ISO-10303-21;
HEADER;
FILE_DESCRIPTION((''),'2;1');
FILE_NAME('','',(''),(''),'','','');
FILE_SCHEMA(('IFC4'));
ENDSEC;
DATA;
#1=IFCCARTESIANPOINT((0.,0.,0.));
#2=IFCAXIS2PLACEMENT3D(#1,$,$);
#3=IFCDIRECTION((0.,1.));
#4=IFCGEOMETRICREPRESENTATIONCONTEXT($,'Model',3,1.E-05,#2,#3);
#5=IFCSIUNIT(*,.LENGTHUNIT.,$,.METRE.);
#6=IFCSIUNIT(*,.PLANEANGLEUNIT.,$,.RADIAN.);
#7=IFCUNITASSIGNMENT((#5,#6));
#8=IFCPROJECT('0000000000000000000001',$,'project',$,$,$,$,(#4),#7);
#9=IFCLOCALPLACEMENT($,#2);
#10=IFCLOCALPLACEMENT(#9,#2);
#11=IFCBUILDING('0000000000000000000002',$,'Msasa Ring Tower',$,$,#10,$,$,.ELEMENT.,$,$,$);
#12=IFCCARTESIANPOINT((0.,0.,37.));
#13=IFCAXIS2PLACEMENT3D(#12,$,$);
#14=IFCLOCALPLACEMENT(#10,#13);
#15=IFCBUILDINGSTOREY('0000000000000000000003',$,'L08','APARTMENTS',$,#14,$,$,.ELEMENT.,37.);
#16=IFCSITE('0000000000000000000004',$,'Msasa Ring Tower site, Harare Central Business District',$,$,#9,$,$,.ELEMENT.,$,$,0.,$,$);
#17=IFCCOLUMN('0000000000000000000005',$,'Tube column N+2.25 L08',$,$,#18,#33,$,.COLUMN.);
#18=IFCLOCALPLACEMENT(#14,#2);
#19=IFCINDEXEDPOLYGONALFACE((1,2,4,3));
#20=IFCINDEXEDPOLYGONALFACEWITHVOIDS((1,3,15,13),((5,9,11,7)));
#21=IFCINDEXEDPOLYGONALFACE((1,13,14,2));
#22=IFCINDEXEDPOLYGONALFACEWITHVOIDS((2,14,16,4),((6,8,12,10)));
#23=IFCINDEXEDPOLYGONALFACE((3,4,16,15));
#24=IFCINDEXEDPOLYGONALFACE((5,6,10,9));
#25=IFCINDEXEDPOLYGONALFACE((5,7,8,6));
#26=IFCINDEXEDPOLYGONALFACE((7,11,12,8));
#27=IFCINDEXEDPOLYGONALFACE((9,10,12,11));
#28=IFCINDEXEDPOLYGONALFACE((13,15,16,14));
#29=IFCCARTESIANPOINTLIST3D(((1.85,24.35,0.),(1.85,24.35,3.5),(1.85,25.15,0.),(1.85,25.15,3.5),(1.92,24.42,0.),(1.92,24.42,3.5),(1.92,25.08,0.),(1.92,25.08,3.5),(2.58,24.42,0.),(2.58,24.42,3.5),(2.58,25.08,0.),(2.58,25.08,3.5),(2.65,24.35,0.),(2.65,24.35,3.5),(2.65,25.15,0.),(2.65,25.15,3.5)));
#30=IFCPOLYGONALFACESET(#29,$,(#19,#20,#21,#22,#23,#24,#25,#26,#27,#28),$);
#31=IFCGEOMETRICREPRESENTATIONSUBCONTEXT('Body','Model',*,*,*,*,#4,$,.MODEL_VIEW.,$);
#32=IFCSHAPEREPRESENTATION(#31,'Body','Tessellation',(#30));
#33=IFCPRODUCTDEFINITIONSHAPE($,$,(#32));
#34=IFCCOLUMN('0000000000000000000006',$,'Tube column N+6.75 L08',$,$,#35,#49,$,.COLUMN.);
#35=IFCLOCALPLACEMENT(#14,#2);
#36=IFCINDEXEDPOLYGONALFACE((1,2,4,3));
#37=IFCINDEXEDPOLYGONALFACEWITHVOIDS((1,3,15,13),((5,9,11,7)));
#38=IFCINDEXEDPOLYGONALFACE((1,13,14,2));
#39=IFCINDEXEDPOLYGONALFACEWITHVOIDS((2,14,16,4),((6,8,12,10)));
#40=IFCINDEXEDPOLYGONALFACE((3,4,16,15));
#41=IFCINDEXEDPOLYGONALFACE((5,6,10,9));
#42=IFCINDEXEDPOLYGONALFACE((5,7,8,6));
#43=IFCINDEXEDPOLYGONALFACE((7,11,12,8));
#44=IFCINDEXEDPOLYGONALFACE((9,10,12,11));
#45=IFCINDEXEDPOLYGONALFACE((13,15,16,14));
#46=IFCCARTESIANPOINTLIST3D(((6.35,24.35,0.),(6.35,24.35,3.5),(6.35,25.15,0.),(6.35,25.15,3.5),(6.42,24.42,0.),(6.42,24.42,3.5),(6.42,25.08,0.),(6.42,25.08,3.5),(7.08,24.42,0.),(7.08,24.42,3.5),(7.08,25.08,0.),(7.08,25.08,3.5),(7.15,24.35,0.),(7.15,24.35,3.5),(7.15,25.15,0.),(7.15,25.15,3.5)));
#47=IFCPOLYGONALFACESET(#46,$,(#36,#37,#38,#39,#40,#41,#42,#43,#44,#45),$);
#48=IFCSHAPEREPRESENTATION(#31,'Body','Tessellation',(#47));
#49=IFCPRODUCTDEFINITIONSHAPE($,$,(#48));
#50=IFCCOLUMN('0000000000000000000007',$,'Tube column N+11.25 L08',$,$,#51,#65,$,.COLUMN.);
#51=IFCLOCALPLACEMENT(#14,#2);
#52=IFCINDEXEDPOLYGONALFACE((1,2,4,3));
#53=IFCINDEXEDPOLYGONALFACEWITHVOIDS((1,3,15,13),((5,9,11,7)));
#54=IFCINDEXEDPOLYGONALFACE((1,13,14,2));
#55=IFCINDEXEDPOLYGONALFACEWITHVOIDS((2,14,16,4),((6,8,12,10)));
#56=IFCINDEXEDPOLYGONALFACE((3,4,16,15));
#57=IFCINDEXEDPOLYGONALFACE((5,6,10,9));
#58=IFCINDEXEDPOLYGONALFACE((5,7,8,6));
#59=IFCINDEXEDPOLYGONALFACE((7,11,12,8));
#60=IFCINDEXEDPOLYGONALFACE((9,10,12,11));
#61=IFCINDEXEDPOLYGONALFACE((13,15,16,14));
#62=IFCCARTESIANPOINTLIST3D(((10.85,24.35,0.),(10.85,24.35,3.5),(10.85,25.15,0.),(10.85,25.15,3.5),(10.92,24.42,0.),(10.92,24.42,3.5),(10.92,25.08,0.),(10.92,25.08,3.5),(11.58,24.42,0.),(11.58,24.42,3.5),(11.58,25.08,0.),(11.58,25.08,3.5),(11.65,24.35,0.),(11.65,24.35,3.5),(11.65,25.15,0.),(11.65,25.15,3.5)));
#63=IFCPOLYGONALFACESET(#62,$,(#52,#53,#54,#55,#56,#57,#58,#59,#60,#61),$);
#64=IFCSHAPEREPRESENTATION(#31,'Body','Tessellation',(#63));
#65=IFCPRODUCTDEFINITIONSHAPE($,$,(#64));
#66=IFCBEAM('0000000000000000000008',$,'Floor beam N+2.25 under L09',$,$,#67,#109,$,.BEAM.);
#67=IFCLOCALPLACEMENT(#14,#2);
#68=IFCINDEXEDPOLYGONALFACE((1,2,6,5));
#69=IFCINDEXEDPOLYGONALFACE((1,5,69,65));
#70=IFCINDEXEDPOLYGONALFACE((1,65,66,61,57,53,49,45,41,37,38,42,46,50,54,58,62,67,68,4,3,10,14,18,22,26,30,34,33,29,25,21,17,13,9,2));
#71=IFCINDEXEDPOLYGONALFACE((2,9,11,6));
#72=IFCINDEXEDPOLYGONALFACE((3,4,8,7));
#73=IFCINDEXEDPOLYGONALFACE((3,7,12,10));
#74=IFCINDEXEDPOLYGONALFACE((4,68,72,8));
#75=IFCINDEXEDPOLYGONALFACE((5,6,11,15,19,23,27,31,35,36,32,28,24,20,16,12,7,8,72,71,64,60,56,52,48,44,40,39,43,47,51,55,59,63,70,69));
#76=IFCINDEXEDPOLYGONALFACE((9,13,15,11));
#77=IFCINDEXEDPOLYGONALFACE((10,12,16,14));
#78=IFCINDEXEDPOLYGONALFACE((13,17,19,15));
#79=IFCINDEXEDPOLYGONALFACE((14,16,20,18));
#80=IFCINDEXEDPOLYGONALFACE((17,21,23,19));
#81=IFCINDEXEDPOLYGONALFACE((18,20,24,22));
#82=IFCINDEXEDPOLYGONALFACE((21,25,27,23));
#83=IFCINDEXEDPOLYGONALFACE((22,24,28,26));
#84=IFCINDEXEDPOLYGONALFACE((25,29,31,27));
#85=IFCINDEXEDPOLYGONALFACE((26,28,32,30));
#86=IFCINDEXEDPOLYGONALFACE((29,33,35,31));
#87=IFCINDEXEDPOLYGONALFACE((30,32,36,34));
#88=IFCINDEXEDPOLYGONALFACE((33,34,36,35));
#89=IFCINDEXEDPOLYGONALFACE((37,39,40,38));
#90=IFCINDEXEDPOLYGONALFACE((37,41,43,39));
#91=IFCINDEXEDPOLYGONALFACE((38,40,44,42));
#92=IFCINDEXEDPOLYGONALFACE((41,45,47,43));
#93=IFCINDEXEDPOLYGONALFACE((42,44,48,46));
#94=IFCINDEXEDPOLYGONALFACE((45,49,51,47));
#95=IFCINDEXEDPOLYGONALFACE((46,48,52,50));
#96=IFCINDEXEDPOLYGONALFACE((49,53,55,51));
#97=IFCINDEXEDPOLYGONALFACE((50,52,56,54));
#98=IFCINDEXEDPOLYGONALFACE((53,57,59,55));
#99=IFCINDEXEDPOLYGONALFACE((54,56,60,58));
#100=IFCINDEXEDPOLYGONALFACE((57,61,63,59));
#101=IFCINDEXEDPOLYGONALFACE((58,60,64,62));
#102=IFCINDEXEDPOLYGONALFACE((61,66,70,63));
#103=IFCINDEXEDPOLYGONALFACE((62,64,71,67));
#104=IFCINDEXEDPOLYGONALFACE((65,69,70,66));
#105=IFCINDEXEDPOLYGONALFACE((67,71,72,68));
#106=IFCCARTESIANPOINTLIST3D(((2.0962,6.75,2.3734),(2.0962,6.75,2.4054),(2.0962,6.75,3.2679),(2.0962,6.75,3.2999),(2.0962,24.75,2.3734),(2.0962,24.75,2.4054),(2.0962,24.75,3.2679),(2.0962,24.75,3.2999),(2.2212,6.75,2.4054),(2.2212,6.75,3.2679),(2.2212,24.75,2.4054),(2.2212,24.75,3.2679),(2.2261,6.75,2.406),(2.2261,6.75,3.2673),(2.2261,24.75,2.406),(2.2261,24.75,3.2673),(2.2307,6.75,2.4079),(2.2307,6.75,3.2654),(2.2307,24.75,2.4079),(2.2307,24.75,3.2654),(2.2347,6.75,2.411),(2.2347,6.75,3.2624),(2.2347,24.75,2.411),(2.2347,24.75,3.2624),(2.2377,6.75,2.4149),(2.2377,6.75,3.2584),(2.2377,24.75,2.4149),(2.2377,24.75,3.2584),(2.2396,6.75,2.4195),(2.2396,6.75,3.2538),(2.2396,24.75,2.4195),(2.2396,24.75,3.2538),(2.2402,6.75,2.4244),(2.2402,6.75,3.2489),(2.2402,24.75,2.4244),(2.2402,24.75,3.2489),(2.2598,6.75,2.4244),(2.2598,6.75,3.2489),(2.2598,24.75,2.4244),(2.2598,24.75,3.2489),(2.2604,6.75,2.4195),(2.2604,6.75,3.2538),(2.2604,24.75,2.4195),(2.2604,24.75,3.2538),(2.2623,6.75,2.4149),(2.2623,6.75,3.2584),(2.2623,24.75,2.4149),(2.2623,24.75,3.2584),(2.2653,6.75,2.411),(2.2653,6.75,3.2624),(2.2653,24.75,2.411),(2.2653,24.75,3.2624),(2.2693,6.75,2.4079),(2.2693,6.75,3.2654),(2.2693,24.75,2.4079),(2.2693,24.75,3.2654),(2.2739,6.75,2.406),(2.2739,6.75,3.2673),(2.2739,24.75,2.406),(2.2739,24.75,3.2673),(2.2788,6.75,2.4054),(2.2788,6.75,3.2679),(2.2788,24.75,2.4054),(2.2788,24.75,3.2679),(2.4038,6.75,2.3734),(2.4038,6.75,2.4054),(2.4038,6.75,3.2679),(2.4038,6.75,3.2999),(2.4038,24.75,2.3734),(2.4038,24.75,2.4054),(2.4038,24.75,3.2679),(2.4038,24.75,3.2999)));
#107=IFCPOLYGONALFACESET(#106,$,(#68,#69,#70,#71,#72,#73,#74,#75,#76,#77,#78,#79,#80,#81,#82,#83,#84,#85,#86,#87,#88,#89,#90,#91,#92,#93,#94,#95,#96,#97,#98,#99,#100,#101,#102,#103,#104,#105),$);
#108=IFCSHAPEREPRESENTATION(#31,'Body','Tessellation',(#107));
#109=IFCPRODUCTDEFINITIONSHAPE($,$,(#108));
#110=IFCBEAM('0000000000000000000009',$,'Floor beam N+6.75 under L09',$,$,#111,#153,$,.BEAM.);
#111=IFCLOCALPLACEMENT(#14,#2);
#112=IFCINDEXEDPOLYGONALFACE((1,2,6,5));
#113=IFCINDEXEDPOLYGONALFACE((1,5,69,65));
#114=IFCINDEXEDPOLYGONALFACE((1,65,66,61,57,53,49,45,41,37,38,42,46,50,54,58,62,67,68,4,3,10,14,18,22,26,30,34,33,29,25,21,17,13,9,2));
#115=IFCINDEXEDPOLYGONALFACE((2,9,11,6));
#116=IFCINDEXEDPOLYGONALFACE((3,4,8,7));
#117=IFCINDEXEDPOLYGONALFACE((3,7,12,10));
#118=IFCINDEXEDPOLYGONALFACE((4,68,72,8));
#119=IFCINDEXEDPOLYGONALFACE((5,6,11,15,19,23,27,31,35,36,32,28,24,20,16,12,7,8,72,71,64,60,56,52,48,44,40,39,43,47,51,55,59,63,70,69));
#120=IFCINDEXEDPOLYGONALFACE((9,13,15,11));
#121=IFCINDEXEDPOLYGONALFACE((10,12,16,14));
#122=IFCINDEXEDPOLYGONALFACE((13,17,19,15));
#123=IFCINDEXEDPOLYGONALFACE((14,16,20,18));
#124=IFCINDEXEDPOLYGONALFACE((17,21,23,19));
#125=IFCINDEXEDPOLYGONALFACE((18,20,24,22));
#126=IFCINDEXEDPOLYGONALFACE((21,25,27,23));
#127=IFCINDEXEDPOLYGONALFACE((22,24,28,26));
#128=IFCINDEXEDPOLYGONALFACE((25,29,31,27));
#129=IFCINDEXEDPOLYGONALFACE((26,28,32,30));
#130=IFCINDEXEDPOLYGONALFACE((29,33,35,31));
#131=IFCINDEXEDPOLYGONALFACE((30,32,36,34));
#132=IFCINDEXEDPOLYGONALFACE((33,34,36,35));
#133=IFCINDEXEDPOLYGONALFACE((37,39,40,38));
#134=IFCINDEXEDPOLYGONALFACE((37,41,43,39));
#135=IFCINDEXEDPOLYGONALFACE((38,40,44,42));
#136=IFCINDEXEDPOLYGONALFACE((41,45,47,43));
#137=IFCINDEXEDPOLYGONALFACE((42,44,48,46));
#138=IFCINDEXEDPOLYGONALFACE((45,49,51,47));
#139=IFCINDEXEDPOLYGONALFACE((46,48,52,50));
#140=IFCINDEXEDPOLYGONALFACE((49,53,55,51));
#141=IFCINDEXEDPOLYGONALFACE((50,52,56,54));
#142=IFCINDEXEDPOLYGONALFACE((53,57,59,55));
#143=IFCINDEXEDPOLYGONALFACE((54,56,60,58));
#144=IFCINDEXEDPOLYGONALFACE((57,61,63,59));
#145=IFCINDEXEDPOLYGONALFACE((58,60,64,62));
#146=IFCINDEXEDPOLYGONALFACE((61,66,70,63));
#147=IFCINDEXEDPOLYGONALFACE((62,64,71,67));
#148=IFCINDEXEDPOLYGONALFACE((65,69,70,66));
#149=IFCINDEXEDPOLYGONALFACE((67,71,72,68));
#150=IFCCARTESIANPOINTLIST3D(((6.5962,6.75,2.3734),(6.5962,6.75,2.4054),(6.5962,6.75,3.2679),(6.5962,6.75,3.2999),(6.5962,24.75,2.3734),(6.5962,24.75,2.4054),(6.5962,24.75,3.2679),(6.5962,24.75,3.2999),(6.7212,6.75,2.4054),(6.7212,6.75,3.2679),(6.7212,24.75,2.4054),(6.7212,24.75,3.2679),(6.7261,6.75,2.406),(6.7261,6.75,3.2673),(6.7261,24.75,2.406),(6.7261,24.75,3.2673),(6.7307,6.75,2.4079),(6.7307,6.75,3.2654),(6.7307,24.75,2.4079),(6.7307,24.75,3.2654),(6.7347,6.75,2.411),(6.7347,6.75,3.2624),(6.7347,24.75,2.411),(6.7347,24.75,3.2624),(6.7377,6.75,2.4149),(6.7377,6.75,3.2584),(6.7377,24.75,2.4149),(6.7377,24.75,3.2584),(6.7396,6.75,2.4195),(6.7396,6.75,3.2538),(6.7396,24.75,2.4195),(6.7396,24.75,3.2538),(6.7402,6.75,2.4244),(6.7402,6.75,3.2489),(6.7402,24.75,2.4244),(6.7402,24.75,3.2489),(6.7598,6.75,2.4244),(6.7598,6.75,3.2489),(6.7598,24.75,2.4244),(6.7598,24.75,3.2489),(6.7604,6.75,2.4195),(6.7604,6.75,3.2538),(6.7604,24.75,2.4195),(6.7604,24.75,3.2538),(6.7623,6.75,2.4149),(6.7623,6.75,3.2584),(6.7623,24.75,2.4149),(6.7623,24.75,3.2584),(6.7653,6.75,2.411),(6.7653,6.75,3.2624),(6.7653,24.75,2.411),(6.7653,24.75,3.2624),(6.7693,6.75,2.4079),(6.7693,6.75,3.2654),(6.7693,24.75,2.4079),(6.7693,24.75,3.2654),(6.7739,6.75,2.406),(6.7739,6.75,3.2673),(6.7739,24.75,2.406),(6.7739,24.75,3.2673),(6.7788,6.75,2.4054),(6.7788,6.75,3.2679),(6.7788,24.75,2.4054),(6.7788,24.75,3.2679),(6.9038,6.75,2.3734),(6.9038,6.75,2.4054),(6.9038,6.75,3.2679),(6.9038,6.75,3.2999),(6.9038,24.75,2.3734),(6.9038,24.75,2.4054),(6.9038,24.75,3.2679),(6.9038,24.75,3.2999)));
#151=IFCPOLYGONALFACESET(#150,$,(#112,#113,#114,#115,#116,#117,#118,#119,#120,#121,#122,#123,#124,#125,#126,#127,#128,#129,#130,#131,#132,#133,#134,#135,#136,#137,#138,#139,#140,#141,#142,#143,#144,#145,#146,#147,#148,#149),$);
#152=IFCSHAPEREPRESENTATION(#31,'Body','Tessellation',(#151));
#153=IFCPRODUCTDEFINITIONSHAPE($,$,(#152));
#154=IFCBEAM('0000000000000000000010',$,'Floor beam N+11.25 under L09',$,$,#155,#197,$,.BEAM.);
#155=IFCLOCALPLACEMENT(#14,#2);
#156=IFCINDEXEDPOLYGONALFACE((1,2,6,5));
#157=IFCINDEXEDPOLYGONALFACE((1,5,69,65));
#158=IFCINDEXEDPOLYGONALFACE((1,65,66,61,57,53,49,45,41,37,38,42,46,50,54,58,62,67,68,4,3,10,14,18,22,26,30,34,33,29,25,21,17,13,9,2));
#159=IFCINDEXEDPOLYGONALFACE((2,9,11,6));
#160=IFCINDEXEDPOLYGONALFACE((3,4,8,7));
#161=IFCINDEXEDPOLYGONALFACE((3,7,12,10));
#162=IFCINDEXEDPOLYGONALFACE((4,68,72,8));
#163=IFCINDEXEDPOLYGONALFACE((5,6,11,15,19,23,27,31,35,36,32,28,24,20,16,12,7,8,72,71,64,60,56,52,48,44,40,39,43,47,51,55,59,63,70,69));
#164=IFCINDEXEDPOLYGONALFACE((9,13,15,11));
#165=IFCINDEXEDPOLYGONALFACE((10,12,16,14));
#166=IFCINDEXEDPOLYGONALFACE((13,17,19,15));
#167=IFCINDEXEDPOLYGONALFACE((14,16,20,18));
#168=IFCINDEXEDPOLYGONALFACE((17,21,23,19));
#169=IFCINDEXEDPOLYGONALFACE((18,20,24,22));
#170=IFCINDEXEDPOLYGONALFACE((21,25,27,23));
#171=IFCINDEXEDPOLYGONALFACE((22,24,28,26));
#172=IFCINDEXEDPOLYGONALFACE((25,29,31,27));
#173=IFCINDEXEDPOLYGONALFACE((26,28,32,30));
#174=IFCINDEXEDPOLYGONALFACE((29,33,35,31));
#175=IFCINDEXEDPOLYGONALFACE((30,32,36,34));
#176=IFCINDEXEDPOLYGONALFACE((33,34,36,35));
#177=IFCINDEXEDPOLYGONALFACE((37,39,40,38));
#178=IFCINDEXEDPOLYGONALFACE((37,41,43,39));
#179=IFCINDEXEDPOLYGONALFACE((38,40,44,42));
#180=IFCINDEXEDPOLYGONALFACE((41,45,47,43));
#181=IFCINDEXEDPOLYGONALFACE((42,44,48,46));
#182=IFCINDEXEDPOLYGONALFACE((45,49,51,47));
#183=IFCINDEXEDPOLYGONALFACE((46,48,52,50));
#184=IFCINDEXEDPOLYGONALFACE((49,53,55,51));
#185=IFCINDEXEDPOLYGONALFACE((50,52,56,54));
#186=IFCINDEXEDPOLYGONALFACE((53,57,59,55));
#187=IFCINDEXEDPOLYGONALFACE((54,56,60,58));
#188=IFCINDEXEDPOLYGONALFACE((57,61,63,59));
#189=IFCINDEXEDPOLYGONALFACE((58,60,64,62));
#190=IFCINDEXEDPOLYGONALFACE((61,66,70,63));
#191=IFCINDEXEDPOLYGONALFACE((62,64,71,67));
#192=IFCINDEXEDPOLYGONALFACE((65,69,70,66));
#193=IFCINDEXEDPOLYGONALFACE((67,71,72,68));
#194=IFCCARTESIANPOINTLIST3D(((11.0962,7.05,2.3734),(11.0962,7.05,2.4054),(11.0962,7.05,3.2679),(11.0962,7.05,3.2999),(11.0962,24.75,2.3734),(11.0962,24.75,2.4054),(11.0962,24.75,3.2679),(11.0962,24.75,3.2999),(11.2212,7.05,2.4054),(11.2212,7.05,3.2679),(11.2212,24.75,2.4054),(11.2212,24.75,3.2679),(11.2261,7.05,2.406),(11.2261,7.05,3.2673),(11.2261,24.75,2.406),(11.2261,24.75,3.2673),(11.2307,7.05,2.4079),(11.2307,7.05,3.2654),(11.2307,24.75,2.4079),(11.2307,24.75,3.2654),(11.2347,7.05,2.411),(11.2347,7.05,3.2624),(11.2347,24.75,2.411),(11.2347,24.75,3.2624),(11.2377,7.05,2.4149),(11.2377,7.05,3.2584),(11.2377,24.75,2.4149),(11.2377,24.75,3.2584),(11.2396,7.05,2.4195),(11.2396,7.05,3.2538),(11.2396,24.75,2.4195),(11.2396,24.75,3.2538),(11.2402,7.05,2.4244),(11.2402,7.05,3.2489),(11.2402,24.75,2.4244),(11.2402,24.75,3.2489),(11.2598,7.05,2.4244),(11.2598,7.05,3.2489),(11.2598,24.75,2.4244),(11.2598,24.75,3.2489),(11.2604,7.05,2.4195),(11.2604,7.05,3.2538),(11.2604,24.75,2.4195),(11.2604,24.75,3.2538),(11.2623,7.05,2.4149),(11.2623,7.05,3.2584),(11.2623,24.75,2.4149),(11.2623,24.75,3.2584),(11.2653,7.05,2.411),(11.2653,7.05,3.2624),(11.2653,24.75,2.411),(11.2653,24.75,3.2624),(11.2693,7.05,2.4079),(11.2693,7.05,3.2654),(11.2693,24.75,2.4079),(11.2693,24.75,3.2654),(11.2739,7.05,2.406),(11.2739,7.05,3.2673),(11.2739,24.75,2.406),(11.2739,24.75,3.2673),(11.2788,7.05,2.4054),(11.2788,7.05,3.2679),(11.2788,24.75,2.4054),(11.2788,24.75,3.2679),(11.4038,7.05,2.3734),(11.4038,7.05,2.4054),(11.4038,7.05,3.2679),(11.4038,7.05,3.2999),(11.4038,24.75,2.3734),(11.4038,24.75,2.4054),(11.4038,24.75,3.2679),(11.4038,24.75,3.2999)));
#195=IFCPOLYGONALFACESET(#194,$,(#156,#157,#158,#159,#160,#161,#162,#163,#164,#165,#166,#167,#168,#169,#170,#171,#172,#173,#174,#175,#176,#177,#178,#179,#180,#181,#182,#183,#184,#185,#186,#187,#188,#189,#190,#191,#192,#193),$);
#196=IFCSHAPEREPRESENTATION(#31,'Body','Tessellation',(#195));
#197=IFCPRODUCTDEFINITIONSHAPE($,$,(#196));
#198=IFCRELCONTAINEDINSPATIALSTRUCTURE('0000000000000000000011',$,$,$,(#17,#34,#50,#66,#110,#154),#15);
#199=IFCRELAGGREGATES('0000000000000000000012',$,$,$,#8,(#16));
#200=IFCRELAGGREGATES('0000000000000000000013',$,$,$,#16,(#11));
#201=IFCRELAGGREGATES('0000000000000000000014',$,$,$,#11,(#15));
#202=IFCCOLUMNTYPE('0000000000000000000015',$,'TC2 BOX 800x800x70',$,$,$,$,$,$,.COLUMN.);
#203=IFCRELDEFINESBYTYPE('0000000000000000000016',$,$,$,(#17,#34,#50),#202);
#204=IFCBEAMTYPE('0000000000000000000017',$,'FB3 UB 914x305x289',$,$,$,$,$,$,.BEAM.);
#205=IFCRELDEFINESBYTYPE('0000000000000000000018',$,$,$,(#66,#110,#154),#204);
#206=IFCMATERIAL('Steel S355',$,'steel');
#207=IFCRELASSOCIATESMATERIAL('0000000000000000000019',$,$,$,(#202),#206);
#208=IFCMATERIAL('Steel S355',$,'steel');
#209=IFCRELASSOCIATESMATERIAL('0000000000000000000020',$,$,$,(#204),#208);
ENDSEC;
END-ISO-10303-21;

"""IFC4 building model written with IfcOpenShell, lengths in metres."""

from ifc_helpers import new_model, si_unit, direction, frame, origin, origin_2d, place, context, subcontext, project, spatial, hollow_rectangle, i_section, extrude, material, material_profile, profile_set, type_object, element, save


model = new_model("IFC4")

# Units and contexts
model_context = context("Model", 3, precision=1e-05, world=origin(), true_north=direction((0.0, 1.0)))
body_context = subcontext(model_context, "Body", "Model", "MODEL_VIEW")
ifc_project = project(units=[si_unit("LENGTHUNIT", "METRE"), si_unit("PLANEANGLEUNIT", "RADIAN")], contexts=[model_context])

# Site, building, storey
site_placement = place(None, origin())
site = spatial("IfcSite", under=ifc_project, at=site_placement, Name="Msasa Ring Tower site, Harare Central Business District", CompositionType="ELEMENT", RefElevation=0.0)
building_placement = place(site_placement, origin())
building = spatial("IfcBuilding", under=site, at=building_placement, Name="Msasa Ring Tower", CompositionType="ELEMENT")
storey_placement = place(building_placement, frame((0.0, 0.0, 37.0)))
storey = spatial("IfcBuildingStorey", under=building, at=storey_placement, Name="L08", Description="APARTMENTS", CompositionType="ELEMENT", Elevation=37.0)

# Columns
ifc_material_1 = material(Name="Steel S355", Category="steel")
ifc_material_profile_1 = material_profile(ifc_material_1, hollow_rectangle(XDim=0.8, YDim=0.8, WallThickness=0.0701, at=origin_2d()), Name="BOX 800x800x70")
ifc_profile_set_1 = profile_set([ifc_material_profile_1], Name="Steel S355")
column_type = type_object("IfcColumnType", Name="TC2 BOX 800x800x70", PredefinedType="COLUMN", material=ifc_profile_set_1)
for number, where, z_axis, x_axis, name in (
    (1, (2.25, 24.75, 0.0), (0.0, 0.0, 1.0), (0.0, 1.0, 0.0), "Tube column N+2.25 L08"),
    (2, (6.75, 24.75, 0.0), (0.0, 0.0, 1.0), (0.0, 1.0, 0.0), "Tube column N+6.75 L08"),
    (3, (11.25, 24.75, 0.0), (0.0, 0.0, 1.0), (0.0, 1.0, 0.0), "Tube column N+11.25 L08"),
):
    element("IfcColumn", number, at=place(storey_placement, frame(where, z_axis=z_axis, x_axis=x_axis)), inside=storey, type_object=column_type, Name=name, PredefinedType="COLUMN", context=body_context, shape_type="SweptSolid", body=[
        extrude(hollow_rectangle(XDim=0.8, YDim=0.8, WallThickness=0.0701, at=origin_2d()), origin(), (0.0, 0.0, 1.0), 3.5),
    ])

# Beams
ifc_material_2 = material(Name="Steel S355", Category="steel")
ifc_material_profile_2 = material_profile(ifc_material_2, i_section(OverallWidth=0.3076, OverallDepth=0.9265, WebThickness=0.0195, FlangeThickness=0.032, FilletRadius=0.019, at=origin_2d()), Name="UB 914x305x289")
ifc_profile_set_2 = profile_set([ifc_material_profile_2], Name="Steel S355")
beam_type_1 = type_object("IfcBeamType", Name="FB3 UB 914x305x289", PredefinedType="BEAM", material=ifc_profile_set_2)
for number, where, z_axis, x_axis, name in (
    (4, (2.25, 24.75, 2.8367), (0.0, -1.0, 0.0), (1.0, 0.0, 0.0), "Floor beam N+2.25 under L09"),
    (5, (6.75, 24.75, 2.8367), (0.0, -1.0, 0.0), (1.0, 0.0, 0.0), "Floor beam N+6.75 under L09"),
):
    element("IfcBeam", number, at=place(storey_placement, frame(where, z_axis=z_axis, x_axis=x_axis)), inside=storey, type_object=beam_type_1, Name=name, PredefinedType="BEAM", context=body_context, shape_type="SweptSolid", body=[
        extrude(i_section(OverallWidth=0.3076, OverallDepth=0.9265, WebThickness=0.0195, FlangeThickness=0.032, FilletRadius=0.019, at=origin_2d()), origin(), (0.0, 0.0, 1.0), 18.0),
    ])
beam_placement = place(storey_placement, frame((11.25, 24.75, 2.8367), z_axis=(0.0, -1.0, 0.0), x_axis=(1.0, 0.0, 0.0)))
element("IfcBeam", 6, at=beam_placement, inside=storey, type_object=beam_type_1, Name="Floor beam N+11.25 under L09", PredefinedType="BEAM", context=body_context, shape_type="SweptSolid", body=[
    extrude(i_section(OverallWidth=0.3076, OverallDepth=0.9265, WebThickness=0.0195, FlangeThickness=0.032, FilletRadius=0.019, at=origin_2d()), origin(), (0.0, 0.0, 1.0), 17.7),
])

save(model, "model.ifc")
